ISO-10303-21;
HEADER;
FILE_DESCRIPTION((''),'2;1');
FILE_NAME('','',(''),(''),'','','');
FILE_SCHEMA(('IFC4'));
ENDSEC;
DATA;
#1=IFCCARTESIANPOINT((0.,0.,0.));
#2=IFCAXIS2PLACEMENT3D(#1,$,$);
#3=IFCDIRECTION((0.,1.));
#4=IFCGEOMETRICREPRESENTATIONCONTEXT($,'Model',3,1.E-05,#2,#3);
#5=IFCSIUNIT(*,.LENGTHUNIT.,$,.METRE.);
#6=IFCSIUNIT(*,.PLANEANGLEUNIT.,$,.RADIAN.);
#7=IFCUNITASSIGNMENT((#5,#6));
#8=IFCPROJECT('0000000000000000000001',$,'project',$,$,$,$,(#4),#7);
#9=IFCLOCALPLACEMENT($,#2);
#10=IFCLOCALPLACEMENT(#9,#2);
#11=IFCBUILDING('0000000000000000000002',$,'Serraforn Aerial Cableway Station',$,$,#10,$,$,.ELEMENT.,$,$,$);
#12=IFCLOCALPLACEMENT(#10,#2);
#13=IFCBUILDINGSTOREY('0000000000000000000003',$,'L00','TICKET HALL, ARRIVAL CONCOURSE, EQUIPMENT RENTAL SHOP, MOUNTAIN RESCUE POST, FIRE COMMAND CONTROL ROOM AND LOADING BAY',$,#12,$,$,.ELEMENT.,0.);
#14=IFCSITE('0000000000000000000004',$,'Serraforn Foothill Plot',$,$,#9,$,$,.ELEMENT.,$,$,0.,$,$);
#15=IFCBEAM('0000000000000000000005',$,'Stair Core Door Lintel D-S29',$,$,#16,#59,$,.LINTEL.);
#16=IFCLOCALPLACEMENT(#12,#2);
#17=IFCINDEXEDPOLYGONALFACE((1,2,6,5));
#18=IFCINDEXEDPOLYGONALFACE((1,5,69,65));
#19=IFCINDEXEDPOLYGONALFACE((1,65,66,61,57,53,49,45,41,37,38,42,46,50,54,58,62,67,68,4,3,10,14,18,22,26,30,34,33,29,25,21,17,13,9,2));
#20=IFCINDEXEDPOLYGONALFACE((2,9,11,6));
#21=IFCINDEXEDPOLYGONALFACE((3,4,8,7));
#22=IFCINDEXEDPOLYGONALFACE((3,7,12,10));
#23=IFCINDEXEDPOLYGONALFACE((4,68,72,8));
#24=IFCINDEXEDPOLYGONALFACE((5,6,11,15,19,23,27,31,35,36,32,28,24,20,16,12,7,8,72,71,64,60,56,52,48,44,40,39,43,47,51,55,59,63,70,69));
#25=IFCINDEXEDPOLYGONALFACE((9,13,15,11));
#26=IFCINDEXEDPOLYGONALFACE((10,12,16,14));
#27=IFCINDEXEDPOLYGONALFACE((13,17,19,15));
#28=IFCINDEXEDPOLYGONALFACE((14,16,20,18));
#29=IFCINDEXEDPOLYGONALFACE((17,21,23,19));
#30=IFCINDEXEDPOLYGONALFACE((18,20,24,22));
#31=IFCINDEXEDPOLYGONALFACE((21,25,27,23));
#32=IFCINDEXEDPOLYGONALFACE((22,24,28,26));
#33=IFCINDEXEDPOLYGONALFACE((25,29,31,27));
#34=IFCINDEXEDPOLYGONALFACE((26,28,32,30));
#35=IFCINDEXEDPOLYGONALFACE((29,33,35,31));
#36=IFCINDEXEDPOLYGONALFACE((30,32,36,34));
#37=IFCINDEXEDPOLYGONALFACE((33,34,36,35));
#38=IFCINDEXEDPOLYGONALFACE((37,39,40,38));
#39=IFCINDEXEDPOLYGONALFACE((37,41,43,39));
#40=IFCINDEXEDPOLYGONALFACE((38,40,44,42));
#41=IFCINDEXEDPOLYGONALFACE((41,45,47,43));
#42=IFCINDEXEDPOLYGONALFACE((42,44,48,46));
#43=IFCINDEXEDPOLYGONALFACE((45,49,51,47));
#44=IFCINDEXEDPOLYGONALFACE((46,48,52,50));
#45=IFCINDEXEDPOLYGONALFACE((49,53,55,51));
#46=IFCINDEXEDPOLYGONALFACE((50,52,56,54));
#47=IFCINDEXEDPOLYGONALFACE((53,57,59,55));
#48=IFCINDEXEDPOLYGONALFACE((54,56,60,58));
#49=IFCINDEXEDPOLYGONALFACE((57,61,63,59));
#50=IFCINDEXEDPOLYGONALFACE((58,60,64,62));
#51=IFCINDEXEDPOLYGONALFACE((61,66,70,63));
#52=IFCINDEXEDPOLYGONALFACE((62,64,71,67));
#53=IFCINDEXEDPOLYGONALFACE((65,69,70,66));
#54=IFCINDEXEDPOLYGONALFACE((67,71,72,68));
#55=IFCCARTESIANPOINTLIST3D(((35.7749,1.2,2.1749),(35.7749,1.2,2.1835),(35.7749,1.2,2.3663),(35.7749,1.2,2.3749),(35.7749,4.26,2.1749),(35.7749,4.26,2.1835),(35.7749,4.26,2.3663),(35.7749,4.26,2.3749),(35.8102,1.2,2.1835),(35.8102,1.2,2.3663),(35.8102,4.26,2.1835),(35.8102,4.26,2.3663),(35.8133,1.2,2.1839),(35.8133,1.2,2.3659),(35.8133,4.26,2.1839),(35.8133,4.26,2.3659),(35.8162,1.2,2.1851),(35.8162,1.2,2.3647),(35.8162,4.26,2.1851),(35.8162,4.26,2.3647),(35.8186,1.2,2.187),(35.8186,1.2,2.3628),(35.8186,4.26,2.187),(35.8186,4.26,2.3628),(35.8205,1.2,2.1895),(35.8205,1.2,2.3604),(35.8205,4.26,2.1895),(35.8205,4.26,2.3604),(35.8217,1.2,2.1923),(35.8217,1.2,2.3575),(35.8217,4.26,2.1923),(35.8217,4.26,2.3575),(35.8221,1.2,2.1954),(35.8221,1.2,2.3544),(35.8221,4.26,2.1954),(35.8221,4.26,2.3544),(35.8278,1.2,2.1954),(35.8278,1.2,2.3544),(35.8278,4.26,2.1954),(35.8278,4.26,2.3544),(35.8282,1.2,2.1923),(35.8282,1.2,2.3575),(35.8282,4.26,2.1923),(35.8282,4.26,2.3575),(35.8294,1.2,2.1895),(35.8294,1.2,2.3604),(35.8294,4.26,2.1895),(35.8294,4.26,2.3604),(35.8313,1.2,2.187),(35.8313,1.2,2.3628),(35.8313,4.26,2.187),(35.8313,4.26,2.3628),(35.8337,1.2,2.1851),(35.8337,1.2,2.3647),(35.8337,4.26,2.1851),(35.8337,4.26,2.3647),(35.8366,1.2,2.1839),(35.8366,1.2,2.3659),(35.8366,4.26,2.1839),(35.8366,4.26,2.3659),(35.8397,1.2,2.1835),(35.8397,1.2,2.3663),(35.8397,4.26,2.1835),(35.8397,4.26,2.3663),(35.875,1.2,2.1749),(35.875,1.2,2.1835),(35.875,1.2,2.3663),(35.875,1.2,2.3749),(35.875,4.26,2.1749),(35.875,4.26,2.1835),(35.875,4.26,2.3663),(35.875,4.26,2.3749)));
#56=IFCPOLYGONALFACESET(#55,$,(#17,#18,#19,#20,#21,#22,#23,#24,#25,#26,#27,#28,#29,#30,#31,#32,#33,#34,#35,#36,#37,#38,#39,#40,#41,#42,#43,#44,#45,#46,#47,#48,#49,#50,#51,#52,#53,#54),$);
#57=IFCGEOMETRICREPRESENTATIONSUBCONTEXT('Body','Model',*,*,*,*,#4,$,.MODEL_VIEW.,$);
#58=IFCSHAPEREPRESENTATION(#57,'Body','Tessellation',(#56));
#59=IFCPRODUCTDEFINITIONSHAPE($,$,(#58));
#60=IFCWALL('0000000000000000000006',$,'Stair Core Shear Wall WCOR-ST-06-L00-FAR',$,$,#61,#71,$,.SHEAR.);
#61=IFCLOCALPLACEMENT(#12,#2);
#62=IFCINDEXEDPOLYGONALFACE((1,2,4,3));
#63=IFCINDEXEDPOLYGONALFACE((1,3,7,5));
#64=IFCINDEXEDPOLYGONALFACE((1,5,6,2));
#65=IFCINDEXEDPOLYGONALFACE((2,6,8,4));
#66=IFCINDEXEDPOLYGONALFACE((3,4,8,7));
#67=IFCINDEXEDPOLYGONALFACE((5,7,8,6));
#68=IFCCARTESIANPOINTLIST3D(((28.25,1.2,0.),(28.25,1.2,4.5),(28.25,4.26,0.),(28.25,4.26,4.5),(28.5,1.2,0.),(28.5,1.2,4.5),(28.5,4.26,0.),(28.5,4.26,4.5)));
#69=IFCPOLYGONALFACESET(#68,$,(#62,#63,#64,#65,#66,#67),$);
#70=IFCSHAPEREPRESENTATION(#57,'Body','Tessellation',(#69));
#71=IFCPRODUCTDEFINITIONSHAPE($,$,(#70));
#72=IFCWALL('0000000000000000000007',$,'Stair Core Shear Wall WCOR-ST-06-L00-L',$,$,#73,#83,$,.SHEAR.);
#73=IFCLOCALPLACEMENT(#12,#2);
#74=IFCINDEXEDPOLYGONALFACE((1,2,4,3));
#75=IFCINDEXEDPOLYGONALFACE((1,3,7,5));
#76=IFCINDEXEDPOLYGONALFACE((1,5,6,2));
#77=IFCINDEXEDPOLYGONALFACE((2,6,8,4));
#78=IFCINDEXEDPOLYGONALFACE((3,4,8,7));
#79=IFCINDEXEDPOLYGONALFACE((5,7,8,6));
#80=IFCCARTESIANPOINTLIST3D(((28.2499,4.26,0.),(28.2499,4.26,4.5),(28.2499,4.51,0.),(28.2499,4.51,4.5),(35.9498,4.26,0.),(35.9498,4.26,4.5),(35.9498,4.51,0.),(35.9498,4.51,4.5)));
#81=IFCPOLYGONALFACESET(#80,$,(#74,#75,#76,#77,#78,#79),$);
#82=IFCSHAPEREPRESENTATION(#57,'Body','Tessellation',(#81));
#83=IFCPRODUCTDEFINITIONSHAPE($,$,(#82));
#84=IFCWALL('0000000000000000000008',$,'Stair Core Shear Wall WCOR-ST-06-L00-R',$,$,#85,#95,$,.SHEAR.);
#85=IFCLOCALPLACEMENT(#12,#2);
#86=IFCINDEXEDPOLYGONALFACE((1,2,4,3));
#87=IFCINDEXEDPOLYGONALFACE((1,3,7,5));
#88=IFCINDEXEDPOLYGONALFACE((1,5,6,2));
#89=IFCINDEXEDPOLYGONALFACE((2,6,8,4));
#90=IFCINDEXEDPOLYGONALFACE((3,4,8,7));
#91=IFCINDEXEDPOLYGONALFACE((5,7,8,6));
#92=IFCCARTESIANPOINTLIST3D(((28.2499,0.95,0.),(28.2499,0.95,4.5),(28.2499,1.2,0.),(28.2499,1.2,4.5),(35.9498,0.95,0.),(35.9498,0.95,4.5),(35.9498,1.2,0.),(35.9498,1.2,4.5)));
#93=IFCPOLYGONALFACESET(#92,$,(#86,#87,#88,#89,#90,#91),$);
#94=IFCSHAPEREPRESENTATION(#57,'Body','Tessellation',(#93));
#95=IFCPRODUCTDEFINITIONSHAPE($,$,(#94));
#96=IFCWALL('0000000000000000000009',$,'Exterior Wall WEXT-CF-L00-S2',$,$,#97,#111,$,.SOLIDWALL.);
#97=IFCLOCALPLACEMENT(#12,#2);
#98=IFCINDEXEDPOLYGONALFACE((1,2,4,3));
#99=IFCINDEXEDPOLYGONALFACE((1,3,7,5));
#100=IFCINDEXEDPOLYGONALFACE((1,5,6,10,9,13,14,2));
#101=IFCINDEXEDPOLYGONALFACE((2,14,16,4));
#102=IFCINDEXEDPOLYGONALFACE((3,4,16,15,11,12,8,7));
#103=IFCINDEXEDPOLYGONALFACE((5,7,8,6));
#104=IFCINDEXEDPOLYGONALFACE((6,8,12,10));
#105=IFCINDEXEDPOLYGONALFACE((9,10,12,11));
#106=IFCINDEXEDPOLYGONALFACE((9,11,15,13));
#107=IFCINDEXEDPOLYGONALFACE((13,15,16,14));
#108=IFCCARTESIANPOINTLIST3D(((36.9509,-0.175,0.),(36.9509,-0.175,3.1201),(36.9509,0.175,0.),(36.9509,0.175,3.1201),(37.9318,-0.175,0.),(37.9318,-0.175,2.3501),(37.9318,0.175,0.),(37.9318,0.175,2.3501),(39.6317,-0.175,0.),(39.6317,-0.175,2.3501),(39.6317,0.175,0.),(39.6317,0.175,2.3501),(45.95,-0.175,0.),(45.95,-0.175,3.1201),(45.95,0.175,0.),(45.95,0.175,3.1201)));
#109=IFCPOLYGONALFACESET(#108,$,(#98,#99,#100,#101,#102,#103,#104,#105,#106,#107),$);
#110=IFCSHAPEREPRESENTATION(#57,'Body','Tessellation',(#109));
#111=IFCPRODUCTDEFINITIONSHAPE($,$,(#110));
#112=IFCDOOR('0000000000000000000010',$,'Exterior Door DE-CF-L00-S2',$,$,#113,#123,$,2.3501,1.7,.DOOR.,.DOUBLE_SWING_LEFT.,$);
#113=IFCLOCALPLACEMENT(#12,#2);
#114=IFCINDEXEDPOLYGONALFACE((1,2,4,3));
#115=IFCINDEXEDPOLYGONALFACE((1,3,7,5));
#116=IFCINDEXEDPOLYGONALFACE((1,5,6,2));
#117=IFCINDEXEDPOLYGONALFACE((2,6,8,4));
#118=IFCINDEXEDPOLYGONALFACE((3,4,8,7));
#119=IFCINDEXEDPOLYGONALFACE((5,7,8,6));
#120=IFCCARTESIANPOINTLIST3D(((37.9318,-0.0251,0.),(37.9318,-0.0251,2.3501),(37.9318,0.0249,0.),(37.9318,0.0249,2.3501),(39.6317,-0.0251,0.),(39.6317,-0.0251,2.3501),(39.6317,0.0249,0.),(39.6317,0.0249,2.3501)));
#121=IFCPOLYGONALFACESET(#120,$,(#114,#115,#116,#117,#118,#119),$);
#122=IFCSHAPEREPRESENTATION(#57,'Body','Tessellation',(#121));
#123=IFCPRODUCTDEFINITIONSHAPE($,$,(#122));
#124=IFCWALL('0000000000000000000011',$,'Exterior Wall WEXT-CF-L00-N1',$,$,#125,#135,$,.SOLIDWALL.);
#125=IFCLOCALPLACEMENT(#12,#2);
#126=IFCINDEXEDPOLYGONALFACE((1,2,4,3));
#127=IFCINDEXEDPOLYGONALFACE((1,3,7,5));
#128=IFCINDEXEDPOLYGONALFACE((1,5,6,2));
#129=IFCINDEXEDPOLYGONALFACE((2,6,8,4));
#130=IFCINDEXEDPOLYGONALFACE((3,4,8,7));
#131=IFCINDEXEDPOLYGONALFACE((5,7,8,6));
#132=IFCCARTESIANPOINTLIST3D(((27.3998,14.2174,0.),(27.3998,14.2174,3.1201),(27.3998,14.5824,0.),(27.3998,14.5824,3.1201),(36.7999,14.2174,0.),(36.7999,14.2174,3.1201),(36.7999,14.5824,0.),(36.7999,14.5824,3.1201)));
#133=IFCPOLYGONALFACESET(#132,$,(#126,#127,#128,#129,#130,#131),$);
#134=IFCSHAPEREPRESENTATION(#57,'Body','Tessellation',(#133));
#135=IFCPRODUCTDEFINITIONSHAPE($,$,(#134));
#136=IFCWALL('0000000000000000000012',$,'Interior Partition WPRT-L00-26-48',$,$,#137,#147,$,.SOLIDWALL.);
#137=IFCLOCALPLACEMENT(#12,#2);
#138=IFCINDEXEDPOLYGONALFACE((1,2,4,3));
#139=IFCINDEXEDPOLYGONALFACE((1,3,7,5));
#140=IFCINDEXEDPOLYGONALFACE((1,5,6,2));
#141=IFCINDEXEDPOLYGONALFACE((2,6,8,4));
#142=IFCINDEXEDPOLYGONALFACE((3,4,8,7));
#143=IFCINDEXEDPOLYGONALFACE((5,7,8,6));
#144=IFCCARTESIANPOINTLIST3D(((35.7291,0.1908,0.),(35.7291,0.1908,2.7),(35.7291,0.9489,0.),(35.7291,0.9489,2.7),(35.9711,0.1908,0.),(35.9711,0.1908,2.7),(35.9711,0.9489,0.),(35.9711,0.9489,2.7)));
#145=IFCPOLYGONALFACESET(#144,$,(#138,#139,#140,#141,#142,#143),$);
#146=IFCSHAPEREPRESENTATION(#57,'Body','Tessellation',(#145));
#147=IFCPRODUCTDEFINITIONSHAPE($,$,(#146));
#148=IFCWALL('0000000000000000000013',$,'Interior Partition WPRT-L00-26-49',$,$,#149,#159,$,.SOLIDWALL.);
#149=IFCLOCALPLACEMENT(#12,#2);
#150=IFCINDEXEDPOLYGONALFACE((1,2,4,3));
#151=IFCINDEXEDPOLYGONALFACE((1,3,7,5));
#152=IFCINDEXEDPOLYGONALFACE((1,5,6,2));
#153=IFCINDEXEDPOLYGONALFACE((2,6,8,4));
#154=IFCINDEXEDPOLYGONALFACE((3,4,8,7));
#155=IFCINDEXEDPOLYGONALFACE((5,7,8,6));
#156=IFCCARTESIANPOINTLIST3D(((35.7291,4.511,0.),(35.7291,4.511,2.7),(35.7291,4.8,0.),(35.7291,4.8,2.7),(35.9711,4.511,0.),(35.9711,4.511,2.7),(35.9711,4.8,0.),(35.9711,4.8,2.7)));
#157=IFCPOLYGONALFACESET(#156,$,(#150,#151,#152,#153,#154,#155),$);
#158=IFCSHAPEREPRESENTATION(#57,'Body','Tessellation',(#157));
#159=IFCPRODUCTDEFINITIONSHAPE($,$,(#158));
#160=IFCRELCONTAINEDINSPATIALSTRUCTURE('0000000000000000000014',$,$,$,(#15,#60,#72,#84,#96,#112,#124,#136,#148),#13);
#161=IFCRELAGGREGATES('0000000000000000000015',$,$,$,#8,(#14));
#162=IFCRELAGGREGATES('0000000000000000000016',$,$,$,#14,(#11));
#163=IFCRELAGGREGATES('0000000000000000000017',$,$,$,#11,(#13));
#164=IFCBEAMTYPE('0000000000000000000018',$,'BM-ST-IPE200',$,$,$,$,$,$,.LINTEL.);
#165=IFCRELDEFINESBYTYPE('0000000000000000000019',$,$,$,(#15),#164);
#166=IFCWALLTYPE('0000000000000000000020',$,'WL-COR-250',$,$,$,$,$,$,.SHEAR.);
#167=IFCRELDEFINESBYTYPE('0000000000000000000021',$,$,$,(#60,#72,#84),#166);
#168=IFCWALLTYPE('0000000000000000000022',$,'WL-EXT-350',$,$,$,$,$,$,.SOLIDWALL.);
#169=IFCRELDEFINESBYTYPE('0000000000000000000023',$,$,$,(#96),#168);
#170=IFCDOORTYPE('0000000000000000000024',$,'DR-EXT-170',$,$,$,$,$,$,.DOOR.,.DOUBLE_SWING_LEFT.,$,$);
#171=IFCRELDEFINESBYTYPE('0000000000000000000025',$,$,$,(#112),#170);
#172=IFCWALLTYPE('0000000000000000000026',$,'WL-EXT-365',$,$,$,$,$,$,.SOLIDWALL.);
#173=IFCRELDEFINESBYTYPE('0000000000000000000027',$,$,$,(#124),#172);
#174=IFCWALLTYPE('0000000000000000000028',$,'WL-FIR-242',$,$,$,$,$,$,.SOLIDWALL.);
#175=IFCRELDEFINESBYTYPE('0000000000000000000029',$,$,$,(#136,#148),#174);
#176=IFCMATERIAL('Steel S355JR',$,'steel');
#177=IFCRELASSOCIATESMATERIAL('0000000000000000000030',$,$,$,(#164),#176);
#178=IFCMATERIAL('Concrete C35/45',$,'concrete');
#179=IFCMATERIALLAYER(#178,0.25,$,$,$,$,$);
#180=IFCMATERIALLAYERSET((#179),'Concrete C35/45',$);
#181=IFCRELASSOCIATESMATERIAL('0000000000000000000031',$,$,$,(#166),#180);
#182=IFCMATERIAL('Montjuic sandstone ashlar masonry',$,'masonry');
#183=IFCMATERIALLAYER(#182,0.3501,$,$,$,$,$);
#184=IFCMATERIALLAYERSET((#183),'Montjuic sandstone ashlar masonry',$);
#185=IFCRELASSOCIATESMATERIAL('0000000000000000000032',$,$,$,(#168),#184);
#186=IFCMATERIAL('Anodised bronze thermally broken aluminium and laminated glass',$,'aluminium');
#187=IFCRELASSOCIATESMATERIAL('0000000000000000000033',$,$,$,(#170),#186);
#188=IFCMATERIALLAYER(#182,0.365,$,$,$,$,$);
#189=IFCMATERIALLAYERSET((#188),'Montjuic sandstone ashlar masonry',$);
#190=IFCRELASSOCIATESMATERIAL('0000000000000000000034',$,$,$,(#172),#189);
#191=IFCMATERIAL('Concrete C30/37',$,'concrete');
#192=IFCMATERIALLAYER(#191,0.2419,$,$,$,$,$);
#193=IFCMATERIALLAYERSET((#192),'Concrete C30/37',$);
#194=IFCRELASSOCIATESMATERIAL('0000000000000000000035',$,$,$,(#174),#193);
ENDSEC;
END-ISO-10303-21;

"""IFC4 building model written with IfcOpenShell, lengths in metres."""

from ifc_helpers import new_model, si_unit, direction, frame, frame_2d, origin, origin_2d, place, context, subcontext, project, spatial, rectangle, i_section, extrude, material, layer, layer_set, material_profile, profile_set, type_object, element, fill, save


model = new_model("IFC4")

# Units and contexts
model_context = context("Model", 3, precision=1e-05, world=origin(), true_north=direction((0.0, 1.0)))
body_context = subcontext(model_context, "Body", "Model", "MODEL_VIEW")
ifc_project = project(units=[si_unit("LENGTHUNIT", "METRE"), si_unit("PLANEANGLEUNIT", "RADIAN")], contexts=[model_context])

# Site, building, storey
site_placement = place(None, origin())
site = spatial("IfcSite", under=ifc_project, at=site_placement, Name="Serraforn Foothill Plot", CompositionType="ELEMENT", RefElevation=0.0)
building_placement = place(site_placement, origin())
building = spatial("IfcBuilding", under=site, at=building_placement, Name="Serraforn Aerial Cableway Station", CompositionType="ELEMENT")
storey_placement = place(building_placement, origin())
storey = spatial("IfcBuildingStorey", under=building, at=storey_placement, Name="L00", Description="TICKET HALL, ARRIVAL CONCOURSE, EQUIPMENT RENTAL SHOP, MOUNTAIN RESCUE POST, FIRE COMMAND CONTROL ROOM AND LOADING BAY", CompositionType="ELEMENT", Elevation=0.0)

# Shared definitions
ifc_material_1 = material(Name="Concrete C35/45", Category="concrete")

# Beam
ifc_material_2 = material(Name="Steel S355JR", Category="steel")
ifc_material_profile_1 = material_profile(ifc_material_2, i_section(OverallWidth=0.1001, OverallDepth=0.2, WebThickness=0.0056, FlangeThickness=0.0085, FilletRadius=0.012, at=origin_2d()), Name="IPE 200")
ifc_profile_set_1 = profile_set([ifc_material_profile_1], Name="Steel S355JR")
beam_type = type_object("IfcBeamType", Name="BM-ST-IPE200", PredefinedType="LINTEL", material=ifc_profile_set_1)
beam_placement = place(storey_placement, frame((35.825, 4.26, 2.2749), z_axis=(0.0, -1.0, 0.0), x_axis=(1.0, 0.0, 0.0)))
element("IfcBeam", 1, at=beam_placement, inside=storey, type_object=beam_type, Name="Stair Core Door Lintel D-S29", PredefinedType="LINTEL", context=body_context, shape_type="SweptSolid", body=[
    extrude(i_section(OverallWidth=0.1001, OverallDepth=0.2, WebThickness=0.0056, FlangeThickness=0.0085, FilletRadius=0.012, at=origin_2d()), origin(), (0.0, 0.0, 1.0), 3.0601),
])

# Shared definitions
ifc_layer_1 = layer(ifc_material_1, 0.25)
ifc_layer_set_1 = layer_set([ifc_layer_1], Name="Concrete C35/45")
wall_type_1 = type_object("IfcWallType", Name="WL-COR-250", PredefinedType="SHEAR", material=ifc_layer_set_1)

# Walls
wall_1_placement = place(storey_placement, frame((28.375, 4.26, 0.0), z_axis=(0.0, 0.0, 1.0), x_axis=(0.0, -1.0, 0.0)))
element("IfcWall", 2, at=wall_1_placement, inside=storey, type_object=wall_type_1, Name="Stair Core Shear Wall WCOR-ST-06-L00-FAR", PredefinedType="SHEAR", context=body_context, shape_type="SweptSolid", body=[
    extrude(rectangle(XDim=3.0601, YDim=0.25, at=frame_2d((1.53, 0.0))), origin(), (0.0, 0.0, 1.0), 4.5),
])
for number, where, z_axis, x_axis, name in (
    (3, (35.95, 4.385, 0.0), (0.0, 0.0, 1.0), (-1.0, 0.0, 0.0), "Stair Core Shear Wall WCOR-ST-06-L00-L"),
    (4, (35.95, 1.075, 0.0), (0.0, 0.0, 1.0), (-1.0, 0.0, 0.0), "Stair Core Shear Wall WCOR-ST-06-L00-R"),
):
    element("IfcWall", number, at=place(storey_placement, frame(where, z_axis=z_axis, x_axis=x_axis)), inside=storey, type_object=wall_type_1, Name=name, PredefinedType="SHEAR", context=body_context, shape_type="SweptSolid", body=[
        extrude(rectangle(XDim=7.7, YDim=0.25, at=frame_2d((3.8501, 0.0))), origin(), (0.0, 0.0, 1.0), 4.5),
    ])

# Wall, opening, door
ifc_material_3 = material(Name="Montjuic sandstone ashlar masonry", Category="masonry")
ifc_layer_2 = layer(ifc_material_3, 0.3501)
ifc_layer_set_2 = layer_set([ifc_layer_2], Name="Montjuic sandstone ashlar masonry")
wall_type_2 = type_object("IfcWallType", Name="WL-EXT-350", PredefinedType="SOLIDWALL", material=ifc_layer_set_2)
wall_2_placement = place(storey_placement, frame((36.9509, 0.0, 0.0), z_axis=(0.0, 0.0, 1.0), x_axis=(1.0, 0.0, 0.0)))
wall_2 = element("IfcWall", 5, at=wall_2_placement, inside=storey, type_object=wall_type_2, Name="Exterior Wall WEXT-CF-L00-S2", PredefinedType="SOLIDWALL", context=body_context, shape_type="SweptSolid", body=[
    extrude(rectangle(XDim=8.999, YDim=0.3501, at=frame_2d((4.4995, 0.0))), origin(), (0.0, 0.0, 1.0), 3.1201),
])
opening_1_placement = place(wall_2_placement, frame((0.9807, 0.0, 0.0)))
opening_1 = element("IfcOpeningElement", 6, at=opening_1_placement, cuts=wall_2, PredefinedType="OPENING", context=body_context, shape_type="SweptSolid", body=[
    extrude(rectangle(XDim=1.7, YDim=2.3501, at=frame_2d((0.8501, 1.175))), frame((0.0, 0.1851, 0.0), z_axis=(0.0, -1.0, 0.0), x_axis=(1.0, 0.0, 0.0)), (0.0, 0.0, 1.0), 0.3701),
])
ifc_material_4 = material(Name="Anodised bronze thermally broken aluminium and laminated glass", Category="aluminium")
door_type_1 = type_object("IfcDoorType", Name="DR-EXT-170", OperationType="DOUBLE_SWING_LEFT", PredefinedType="DOOR", material=ifc_material_4)
door_1_placement = place(opening_1_placement, origin())
door_1 = element("IfcDoor", 7, at=door_1_placement, inside=storey, type_object=door_type_1, Name="Exterior Door DE-CF-L00-S2", OperationType="DOUBLE_SWING_LEFT", OverallHeight=2.3501, OverallWidth=1.7, PredefinedType="DOOR", context=body_context, shape_type="SweptSolid", body=[
    extrude(rectangle(XDim=1.7, YDim=2.3501, at=frame_2d((0.8501, 1.175))), frame((0.0, 0.0249, 0.0), z_axis=(0.0, -1.0, 0.0), x_axis=(1.0, 0.0, 0.0)), (0.0, 0.0, 1.0), 0.05),
])
fill(opening_1, door_1)

# Walls
ifc_layer_3 = layer(ifc_material_3, 0.365)
ifc_layer_set_3 = layer_set([ifc_layer_3], Name="Montjuic sandstone ashlar masonry")
wall_type_3 = type_object("IfcWallType", Name="WL-EXT-365", PredefinedType="SOLIDWALL", material=ifc_layer_set_3)
wall_3_placement = place(storey_placement, frame((36.8, 14.3999, 0.0), z_axis=(0.0, 0.0, 1.0), x_axis=(-1.0, 0.0, 0.0)))
element("IfcWall", 8, at=wall_3_placement, inside=storey, type_object=wall_type_3, Name="Exterior Wall WEXT-CF-L00-N1", PredefinedType="SOLIDWALL", context=body_context, shape_type="SweptSolid", body=[
    extrude(rectangle(XDim=9.4001, YDim=0.365, at=frame_2d((4.7002, 0.0))), origin(), (0.0, 0.0, 1.0), 3.1201),
])
ifc_material_5 = material(Name="Concrete C30/37", Category="concrete")
ifc_layer_4 = layer(ifc_material_5, 0.2419)
ifc_layer_set_4 = layer_set([ifc_layer_4], Name="Concrete C30/37")
wall_type_4 = type_object("IfcWallType", Name="WL-FIR-242", PredefinedType="SOLIDWALL", material=ifc_layer_set_4)
wall_4_placement = place(storey_placement, frame((35.8501, 0.1909, 0.0), z_axis=(0.0, 0.0, 1.0), x_axis=(0.0, 1.0, 0.0)))
element("IfcWall", 9, at=wall_4_placement, inside=storey, type_object=wall_type_4, Name="Interior Partition WPRT-L00-26-48", PredefinedType="SOLIDWALL", context=body_context, shape_type="SweptSolid", body=[
    extrude(rectangle(XDim=0.7581, YDim=0.2419, at=frame_2d((0.3789, 0.0))), origin(), (0.0, 0.0, 1.0), 2.7),
])
wall_5_placement = place(storey_placement, frame((35.8501, 4.511, 0.0), z_axis=(0.0, 0.0, 1.0), x_axis=(0.0, 1.0, 0.0)))
element("IfcWall", 10, at=wall_5_placement, inside=storey, type_object=wall_type_4, Name="Interior Partition WPRT-L00-26-49", PredefinedType="SOLIDWALL", context=body_context, shape_type="SweptSolid", body=[
    extrude(rectangle(XDim=0.2891, YDim=0.2419, at=frame_2d((0.1445, 0.0))), origin(), (0.0, 0.0, 1.0), 2.7),
])

save(model, "model.ifc")
